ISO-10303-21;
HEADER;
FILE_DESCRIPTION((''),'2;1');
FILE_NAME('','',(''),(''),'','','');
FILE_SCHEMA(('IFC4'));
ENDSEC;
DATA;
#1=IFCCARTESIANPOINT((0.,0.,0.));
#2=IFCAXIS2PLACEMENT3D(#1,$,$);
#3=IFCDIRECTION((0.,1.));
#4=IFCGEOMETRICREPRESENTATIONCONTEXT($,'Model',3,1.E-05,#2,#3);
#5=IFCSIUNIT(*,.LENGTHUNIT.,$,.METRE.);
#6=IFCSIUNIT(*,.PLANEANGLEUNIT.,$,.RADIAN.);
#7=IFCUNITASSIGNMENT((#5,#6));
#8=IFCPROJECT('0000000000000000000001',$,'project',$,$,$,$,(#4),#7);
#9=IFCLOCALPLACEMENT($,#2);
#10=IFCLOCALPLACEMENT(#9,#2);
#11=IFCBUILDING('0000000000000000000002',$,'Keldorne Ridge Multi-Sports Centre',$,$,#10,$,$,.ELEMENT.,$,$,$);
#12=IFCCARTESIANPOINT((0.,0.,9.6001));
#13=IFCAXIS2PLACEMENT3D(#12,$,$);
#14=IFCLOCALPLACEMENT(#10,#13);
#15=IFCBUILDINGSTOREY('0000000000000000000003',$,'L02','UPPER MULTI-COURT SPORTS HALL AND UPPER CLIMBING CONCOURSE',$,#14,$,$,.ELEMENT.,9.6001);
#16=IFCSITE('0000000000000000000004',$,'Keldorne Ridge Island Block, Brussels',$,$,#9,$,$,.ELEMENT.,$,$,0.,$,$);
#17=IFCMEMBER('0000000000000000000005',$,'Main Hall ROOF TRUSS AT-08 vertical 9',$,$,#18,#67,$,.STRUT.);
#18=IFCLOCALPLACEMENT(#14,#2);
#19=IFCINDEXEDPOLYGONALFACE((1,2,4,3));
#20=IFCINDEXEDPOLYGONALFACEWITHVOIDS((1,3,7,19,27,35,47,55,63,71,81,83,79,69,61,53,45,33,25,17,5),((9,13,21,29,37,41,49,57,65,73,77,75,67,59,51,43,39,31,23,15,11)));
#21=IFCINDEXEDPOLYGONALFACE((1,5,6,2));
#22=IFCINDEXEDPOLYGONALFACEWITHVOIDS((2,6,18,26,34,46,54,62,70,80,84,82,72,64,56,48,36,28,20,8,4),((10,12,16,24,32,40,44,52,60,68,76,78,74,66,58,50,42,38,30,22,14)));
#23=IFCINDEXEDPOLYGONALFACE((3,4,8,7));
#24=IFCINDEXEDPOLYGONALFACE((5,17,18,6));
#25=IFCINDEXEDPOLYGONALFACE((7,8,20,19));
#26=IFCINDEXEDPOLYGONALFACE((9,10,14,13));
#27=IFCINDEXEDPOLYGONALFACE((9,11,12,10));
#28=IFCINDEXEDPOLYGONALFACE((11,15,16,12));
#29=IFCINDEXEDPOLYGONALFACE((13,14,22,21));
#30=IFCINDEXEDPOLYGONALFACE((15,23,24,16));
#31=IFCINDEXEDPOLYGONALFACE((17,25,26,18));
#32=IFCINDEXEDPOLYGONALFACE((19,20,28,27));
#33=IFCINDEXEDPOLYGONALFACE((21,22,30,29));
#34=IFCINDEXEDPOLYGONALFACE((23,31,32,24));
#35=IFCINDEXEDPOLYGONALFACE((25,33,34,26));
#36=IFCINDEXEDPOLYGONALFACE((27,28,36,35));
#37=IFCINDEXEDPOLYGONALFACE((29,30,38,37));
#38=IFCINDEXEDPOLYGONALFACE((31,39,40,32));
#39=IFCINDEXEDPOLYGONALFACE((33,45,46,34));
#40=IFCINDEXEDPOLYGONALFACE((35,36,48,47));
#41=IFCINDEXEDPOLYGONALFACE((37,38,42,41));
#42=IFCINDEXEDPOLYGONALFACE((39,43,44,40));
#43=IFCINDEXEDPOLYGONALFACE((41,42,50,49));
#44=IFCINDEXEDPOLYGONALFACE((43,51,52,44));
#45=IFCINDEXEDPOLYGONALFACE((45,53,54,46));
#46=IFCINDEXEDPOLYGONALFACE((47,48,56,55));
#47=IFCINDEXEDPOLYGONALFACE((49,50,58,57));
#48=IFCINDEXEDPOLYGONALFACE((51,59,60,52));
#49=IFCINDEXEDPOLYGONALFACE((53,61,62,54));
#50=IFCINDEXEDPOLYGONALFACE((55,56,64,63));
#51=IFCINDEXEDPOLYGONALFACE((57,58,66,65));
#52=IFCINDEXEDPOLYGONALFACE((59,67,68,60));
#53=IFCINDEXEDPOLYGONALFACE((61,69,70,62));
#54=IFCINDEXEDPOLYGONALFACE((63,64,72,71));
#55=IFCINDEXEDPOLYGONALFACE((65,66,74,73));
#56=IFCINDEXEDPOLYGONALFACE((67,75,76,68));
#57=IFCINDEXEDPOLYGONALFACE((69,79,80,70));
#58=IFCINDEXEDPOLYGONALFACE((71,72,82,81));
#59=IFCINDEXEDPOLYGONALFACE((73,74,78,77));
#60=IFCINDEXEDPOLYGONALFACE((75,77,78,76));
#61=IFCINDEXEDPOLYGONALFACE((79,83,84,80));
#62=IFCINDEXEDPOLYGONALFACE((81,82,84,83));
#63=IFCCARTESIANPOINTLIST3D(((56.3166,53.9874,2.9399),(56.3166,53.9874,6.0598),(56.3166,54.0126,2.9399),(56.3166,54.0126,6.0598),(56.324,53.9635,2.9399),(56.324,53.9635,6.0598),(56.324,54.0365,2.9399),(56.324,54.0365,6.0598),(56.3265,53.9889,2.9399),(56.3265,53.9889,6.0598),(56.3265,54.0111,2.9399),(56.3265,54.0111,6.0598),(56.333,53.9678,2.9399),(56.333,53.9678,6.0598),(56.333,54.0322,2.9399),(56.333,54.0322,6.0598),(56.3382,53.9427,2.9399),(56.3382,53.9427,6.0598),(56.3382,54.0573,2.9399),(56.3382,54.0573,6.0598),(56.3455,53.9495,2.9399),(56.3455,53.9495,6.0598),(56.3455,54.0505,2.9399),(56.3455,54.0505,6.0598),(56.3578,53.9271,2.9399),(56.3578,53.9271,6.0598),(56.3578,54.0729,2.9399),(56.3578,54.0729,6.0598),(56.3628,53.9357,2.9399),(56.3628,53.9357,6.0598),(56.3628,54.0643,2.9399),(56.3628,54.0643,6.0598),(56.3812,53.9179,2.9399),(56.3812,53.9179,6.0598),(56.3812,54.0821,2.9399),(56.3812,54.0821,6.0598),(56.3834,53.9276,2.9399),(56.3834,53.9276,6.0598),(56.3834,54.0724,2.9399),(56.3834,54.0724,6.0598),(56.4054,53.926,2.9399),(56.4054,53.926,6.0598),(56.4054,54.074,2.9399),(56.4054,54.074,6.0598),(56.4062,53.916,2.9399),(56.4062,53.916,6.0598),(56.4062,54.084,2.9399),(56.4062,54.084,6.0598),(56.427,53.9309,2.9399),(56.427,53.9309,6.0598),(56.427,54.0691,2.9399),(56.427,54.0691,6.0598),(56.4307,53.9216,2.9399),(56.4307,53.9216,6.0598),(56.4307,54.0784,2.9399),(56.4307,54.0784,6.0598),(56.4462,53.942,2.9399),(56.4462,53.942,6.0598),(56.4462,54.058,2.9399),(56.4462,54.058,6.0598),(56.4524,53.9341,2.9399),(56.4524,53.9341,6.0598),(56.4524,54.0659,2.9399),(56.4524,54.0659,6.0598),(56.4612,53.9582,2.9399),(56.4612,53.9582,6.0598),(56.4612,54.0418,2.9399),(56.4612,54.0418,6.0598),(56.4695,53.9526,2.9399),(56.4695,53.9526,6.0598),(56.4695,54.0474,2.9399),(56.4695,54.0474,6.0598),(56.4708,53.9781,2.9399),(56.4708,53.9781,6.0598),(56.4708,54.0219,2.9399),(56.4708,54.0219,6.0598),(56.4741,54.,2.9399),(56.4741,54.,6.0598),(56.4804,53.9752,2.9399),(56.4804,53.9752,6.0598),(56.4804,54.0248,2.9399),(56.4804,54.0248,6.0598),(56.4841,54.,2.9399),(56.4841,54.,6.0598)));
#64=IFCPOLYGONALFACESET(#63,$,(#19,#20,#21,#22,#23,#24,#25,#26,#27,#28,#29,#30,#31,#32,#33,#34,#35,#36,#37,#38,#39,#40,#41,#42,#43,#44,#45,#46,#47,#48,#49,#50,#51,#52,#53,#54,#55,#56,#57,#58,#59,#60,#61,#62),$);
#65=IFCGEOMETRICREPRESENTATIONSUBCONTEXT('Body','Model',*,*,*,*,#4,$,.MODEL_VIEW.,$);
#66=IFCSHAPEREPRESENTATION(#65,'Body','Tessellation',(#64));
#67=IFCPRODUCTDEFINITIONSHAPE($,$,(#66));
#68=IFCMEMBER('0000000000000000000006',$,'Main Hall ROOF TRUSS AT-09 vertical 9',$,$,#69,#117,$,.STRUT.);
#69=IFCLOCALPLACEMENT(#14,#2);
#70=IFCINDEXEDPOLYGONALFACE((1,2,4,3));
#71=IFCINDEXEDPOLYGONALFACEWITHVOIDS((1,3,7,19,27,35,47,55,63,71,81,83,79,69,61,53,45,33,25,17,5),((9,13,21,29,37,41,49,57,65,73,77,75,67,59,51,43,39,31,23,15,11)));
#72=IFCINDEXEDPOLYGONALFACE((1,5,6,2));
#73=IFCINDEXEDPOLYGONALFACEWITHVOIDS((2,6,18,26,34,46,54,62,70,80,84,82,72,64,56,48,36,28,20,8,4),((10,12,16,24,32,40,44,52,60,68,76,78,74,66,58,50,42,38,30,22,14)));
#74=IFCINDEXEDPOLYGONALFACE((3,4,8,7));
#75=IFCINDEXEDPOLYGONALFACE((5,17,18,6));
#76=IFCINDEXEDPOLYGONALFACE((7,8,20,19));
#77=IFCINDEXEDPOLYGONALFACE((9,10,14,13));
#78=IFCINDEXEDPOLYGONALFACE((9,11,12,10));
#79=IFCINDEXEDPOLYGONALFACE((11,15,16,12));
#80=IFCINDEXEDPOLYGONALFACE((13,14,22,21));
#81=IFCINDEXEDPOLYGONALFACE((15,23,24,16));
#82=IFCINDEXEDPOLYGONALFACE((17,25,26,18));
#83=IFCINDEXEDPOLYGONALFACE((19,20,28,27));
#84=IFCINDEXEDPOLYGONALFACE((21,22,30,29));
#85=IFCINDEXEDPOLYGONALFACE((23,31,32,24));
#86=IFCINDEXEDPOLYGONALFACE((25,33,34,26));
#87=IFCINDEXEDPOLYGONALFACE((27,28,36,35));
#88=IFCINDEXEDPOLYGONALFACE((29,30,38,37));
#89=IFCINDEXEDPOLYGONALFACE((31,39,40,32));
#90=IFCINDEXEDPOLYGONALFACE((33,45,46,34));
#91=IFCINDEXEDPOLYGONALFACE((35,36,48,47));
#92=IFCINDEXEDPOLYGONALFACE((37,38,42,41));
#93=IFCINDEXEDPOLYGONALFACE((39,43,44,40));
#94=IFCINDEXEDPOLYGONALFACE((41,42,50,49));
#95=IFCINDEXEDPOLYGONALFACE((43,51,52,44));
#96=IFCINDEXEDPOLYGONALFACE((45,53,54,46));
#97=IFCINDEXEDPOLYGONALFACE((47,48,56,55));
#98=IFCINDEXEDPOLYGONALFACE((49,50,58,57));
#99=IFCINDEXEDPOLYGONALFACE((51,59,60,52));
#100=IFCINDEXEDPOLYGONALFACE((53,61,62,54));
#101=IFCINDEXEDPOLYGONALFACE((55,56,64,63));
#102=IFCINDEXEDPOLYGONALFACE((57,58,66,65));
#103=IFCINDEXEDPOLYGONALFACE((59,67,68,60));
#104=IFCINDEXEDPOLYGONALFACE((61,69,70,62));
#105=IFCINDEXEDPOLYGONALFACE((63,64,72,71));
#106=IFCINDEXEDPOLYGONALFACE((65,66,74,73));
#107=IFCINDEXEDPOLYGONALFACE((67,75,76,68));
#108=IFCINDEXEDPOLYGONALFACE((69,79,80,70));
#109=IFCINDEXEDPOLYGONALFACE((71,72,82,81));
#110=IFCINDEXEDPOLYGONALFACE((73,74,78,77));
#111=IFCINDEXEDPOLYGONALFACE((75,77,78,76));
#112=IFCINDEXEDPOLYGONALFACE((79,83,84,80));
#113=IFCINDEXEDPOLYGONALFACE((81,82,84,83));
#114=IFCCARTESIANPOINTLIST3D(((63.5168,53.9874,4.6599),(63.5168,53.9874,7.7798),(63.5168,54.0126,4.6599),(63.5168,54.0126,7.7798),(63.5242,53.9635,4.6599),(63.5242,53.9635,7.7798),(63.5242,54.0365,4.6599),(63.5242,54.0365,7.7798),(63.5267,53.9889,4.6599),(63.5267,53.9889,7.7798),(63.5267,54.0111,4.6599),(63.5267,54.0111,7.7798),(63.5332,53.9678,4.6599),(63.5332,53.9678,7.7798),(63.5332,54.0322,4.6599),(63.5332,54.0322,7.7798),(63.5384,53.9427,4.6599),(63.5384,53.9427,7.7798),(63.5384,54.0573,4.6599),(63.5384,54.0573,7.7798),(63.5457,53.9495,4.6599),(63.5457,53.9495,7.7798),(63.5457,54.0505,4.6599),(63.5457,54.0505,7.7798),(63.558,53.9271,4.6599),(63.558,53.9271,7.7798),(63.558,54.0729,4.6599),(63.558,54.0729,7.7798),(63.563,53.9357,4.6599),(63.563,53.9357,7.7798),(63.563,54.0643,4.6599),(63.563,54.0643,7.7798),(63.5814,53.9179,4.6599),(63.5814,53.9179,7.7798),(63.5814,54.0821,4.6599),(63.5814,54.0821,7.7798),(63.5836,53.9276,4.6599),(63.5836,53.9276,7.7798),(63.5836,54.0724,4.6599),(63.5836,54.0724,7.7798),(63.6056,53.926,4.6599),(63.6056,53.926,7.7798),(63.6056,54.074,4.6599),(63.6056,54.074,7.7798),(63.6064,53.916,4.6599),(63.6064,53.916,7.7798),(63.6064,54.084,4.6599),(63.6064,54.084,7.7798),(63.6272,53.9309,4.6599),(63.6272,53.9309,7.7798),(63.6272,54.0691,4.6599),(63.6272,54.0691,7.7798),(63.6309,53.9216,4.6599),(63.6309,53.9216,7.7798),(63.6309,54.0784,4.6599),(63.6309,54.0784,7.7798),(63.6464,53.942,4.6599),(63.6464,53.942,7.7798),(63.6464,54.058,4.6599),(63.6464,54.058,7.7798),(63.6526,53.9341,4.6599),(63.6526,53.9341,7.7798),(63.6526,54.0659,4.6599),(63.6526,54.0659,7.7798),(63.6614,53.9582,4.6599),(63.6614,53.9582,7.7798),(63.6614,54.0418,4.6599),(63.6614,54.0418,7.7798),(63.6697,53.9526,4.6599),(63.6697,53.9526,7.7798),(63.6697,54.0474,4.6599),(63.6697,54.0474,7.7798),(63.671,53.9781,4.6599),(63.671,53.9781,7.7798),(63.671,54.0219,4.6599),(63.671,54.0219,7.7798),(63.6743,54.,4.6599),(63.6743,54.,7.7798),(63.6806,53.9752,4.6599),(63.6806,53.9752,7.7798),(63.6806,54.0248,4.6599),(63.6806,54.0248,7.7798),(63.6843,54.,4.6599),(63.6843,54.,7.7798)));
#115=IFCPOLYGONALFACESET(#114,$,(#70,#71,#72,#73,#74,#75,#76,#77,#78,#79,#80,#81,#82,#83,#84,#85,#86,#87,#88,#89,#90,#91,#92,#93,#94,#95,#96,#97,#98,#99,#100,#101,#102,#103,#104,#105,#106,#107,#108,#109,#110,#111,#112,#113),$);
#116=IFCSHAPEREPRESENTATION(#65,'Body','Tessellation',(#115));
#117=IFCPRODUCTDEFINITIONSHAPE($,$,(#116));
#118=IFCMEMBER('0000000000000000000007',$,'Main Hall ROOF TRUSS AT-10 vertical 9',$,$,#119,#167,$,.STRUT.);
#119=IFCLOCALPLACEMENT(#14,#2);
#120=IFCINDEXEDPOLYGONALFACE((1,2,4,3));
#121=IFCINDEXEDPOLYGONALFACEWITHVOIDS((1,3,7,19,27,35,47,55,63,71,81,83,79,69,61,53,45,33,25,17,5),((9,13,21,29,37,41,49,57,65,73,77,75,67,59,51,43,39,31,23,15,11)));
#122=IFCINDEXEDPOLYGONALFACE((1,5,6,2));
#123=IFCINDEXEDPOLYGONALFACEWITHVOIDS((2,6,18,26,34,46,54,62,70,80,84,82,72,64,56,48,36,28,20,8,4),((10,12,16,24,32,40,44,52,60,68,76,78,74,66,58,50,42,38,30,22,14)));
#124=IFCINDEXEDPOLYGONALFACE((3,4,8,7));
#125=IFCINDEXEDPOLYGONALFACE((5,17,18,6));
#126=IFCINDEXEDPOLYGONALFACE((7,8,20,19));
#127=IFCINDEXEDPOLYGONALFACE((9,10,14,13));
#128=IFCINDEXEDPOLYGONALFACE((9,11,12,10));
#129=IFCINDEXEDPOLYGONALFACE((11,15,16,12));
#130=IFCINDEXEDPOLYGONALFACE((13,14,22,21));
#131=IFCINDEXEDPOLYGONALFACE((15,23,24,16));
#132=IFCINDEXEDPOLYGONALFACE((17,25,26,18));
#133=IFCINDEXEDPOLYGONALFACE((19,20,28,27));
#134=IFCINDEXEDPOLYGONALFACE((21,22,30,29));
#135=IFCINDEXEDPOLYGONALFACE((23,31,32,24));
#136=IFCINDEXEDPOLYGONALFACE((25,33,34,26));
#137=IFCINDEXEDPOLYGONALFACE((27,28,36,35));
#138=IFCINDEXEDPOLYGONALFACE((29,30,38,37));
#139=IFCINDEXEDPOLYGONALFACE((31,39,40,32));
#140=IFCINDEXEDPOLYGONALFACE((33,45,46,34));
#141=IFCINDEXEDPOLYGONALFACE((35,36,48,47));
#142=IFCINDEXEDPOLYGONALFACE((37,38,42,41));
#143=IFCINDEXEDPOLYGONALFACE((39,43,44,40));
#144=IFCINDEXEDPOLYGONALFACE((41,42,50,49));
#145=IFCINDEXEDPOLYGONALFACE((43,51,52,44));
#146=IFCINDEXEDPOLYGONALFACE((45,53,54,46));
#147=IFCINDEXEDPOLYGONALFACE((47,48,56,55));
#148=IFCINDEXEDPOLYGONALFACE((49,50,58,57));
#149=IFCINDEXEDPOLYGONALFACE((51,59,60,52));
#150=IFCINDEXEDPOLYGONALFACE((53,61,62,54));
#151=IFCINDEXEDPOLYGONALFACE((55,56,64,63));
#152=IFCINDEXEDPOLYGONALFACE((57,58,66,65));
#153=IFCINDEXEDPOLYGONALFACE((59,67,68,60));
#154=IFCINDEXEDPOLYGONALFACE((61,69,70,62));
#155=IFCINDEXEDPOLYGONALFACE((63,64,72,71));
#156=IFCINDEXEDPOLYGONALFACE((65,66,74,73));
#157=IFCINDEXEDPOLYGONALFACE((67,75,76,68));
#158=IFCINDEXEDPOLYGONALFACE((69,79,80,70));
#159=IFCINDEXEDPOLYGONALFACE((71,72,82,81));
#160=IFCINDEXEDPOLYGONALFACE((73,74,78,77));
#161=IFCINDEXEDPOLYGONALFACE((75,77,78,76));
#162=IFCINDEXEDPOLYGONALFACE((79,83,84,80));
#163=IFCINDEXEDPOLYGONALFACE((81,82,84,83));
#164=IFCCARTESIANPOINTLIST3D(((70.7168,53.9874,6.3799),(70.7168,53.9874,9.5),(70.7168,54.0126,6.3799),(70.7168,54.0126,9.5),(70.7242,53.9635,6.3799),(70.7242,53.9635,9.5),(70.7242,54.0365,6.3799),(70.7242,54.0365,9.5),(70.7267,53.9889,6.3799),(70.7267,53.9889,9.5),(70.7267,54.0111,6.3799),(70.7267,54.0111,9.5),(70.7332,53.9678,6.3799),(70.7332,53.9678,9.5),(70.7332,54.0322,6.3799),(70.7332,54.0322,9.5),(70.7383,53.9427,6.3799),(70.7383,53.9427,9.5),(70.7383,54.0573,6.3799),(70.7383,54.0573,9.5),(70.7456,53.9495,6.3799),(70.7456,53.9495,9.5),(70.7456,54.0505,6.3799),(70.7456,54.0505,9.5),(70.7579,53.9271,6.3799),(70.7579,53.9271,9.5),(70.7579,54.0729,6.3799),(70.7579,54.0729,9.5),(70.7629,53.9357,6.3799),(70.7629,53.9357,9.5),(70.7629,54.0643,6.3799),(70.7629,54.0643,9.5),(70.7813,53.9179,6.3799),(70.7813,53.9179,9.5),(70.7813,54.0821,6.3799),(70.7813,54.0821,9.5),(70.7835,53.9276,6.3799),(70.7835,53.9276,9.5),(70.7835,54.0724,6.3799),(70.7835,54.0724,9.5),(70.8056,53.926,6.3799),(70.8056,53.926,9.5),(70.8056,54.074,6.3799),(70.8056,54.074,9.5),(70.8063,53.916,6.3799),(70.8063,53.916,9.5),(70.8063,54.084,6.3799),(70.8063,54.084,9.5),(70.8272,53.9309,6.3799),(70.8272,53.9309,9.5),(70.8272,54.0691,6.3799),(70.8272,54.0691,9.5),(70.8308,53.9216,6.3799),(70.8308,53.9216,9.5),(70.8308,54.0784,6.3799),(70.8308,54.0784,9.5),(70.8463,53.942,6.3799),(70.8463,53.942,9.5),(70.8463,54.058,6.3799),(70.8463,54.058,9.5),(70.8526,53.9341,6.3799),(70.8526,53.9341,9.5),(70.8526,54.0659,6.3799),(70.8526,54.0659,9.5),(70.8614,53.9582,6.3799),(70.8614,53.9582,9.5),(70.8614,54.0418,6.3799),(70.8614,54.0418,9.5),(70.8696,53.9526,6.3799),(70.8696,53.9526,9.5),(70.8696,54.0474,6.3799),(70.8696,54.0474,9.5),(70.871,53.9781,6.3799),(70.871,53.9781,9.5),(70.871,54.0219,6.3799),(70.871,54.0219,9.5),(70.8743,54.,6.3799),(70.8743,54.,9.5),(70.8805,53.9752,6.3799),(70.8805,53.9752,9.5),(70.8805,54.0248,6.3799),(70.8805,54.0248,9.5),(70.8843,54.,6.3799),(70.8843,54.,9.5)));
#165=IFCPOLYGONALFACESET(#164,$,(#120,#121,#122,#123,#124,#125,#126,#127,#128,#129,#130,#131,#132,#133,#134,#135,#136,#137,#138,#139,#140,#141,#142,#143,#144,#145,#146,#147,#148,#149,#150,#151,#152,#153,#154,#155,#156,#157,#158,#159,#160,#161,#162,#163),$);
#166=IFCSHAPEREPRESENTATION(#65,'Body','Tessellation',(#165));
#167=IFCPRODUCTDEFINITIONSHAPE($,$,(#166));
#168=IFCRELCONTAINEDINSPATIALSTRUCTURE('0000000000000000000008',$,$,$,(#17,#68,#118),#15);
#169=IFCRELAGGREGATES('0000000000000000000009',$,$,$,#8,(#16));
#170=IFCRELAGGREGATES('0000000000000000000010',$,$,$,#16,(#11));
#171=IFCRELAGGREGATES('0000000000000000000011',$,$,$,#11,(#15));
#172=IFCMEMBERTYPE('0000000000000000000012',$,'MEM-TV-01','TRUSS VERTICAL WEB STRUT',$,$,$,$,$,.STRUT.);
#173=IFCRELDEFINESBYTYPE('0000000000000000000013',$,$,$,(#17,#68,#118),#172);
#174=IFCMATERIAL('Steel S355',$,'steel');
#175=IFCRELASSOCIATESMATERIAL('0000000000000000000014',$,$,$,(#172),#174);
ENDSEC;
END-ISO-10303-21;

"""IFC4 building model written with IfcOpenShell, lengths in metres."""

from ifc_helpers import new_model, si_unit, direction, frame, origin, origin_2d, place, context, subcontext, project, spatial, hollow_circle, extrude, material, material_profile, profile_set, type_object, element, save


model = new_model("IFC4")

# Units and contexts
model_context = context("Model", 3, precision=1e-05, world=origin(), true_north=direction((0.0, 1.0)))
body_context = subcontext(model_context, "Body", "Model", "MODEL_VIEW")
ifc_project = project(units=[si_unit("LENGTHUNIT", "METRE"), si_unit("PLANEANGLEUNIT", "RADIAN")], contexts=[model_context])

# Site, building, storey
site_placement = place(None, origin())
site = spatial("IfcSite", under=ifc_project, at=site_placement, Name="Keldorne Ridge Island Block, Brussels", CompositionType="ELEMENT", RefElevation=0.0)
building_placement = place(site_placement, origin())
building = spatial("IfcBuilding", under=site, at=building_placement, Name="Keldorne Ridge Multi-Sports Centre", CompositionType="ELEMENT")
storey_placement = place(building_placement, frame((0.0, 0.0, 9.6001)))
storey = spatial("IfcBuildingStorey", under=building, at=storey_placement, Name="L02", Description="UPPER MULTI-COURT SPORTS HALL AND UPPER CLIMBING CONCOURSE", CompositionType="ELEMENT", Elevation=9.6001)

# Shared definitions
ifc_material = material(Name="Steel S355", Category="steel")

# Members
ifc_material_profile_1 = material_profile(ifc_material, hollow_circle(Radius=0.0842, WallThickness=0.01, at=origin_2d()), Name="CHS 168.3x10")
ifc_profile_set_1 = profile_set([ifc_material_profile_1], Name="Steel S355")
member_type = type_object("IfcMemberType", Name="MEM-TV-01", Description="TRUSS VERTICAL WEB STRUT", PredefinedType="STRUT", material=ifc_profile_set_1)
for number, where, z_axis, x_axis, name in (
    (1, (56.3999, 54.0, 2.9399), (0.0, 0.0, 1.0), (1.0, 0.0, 0.0), "Main Hall ROOF TRUSS AT-08 vertical 9"),
    (2, (63.6001, 54.0, 4.6599), (0.0, 0.0, 1.0), (1.0, 0.0, 0.0), "Main Hall ROOF TRUSS AT-09 vertical 9"),
):
    element("IfcMember", number, at=place(storey_placement, frame(where, z_axis=z_axis, x_axis=x_axis)), inside=storey, type_object=member_type, Name=name, PredefinedType="STRUT", context=body_context, shape_type="SweptSolid", body=[
        extrude(hollow_circle(Radius=0.0842, WallThickness=0.01, at=origin_2d()), origin(), (0.0, 0.0, 1.0), 3.1199),
    ])
for number, where, z_axis, x_axis, name in (
    (3, (70.8, 54.0, 6.3799), (0.0, 0.0, 1.0), (1.0, 0.0, 0.0), "Main Hall ROOF TRUSS AT-10 vertical 9"),
):
    element("IfcMember", number, at=place(storey_placement, frame(where, z_axis=z_axis, x_axis=x_axis)), inside=storey, type_object=member_type, Name=name, PredefinedType="STRUT", context=body_context, shape_type="SweptSolid", body=[
        extrude(hollow_circle(Radius=0.0842, WallThickness=0.01, at=origin_2d()), origin(), (0.0, 0.0, 1.0), 3.1201),
    ])

save(model, "model.ifc")
